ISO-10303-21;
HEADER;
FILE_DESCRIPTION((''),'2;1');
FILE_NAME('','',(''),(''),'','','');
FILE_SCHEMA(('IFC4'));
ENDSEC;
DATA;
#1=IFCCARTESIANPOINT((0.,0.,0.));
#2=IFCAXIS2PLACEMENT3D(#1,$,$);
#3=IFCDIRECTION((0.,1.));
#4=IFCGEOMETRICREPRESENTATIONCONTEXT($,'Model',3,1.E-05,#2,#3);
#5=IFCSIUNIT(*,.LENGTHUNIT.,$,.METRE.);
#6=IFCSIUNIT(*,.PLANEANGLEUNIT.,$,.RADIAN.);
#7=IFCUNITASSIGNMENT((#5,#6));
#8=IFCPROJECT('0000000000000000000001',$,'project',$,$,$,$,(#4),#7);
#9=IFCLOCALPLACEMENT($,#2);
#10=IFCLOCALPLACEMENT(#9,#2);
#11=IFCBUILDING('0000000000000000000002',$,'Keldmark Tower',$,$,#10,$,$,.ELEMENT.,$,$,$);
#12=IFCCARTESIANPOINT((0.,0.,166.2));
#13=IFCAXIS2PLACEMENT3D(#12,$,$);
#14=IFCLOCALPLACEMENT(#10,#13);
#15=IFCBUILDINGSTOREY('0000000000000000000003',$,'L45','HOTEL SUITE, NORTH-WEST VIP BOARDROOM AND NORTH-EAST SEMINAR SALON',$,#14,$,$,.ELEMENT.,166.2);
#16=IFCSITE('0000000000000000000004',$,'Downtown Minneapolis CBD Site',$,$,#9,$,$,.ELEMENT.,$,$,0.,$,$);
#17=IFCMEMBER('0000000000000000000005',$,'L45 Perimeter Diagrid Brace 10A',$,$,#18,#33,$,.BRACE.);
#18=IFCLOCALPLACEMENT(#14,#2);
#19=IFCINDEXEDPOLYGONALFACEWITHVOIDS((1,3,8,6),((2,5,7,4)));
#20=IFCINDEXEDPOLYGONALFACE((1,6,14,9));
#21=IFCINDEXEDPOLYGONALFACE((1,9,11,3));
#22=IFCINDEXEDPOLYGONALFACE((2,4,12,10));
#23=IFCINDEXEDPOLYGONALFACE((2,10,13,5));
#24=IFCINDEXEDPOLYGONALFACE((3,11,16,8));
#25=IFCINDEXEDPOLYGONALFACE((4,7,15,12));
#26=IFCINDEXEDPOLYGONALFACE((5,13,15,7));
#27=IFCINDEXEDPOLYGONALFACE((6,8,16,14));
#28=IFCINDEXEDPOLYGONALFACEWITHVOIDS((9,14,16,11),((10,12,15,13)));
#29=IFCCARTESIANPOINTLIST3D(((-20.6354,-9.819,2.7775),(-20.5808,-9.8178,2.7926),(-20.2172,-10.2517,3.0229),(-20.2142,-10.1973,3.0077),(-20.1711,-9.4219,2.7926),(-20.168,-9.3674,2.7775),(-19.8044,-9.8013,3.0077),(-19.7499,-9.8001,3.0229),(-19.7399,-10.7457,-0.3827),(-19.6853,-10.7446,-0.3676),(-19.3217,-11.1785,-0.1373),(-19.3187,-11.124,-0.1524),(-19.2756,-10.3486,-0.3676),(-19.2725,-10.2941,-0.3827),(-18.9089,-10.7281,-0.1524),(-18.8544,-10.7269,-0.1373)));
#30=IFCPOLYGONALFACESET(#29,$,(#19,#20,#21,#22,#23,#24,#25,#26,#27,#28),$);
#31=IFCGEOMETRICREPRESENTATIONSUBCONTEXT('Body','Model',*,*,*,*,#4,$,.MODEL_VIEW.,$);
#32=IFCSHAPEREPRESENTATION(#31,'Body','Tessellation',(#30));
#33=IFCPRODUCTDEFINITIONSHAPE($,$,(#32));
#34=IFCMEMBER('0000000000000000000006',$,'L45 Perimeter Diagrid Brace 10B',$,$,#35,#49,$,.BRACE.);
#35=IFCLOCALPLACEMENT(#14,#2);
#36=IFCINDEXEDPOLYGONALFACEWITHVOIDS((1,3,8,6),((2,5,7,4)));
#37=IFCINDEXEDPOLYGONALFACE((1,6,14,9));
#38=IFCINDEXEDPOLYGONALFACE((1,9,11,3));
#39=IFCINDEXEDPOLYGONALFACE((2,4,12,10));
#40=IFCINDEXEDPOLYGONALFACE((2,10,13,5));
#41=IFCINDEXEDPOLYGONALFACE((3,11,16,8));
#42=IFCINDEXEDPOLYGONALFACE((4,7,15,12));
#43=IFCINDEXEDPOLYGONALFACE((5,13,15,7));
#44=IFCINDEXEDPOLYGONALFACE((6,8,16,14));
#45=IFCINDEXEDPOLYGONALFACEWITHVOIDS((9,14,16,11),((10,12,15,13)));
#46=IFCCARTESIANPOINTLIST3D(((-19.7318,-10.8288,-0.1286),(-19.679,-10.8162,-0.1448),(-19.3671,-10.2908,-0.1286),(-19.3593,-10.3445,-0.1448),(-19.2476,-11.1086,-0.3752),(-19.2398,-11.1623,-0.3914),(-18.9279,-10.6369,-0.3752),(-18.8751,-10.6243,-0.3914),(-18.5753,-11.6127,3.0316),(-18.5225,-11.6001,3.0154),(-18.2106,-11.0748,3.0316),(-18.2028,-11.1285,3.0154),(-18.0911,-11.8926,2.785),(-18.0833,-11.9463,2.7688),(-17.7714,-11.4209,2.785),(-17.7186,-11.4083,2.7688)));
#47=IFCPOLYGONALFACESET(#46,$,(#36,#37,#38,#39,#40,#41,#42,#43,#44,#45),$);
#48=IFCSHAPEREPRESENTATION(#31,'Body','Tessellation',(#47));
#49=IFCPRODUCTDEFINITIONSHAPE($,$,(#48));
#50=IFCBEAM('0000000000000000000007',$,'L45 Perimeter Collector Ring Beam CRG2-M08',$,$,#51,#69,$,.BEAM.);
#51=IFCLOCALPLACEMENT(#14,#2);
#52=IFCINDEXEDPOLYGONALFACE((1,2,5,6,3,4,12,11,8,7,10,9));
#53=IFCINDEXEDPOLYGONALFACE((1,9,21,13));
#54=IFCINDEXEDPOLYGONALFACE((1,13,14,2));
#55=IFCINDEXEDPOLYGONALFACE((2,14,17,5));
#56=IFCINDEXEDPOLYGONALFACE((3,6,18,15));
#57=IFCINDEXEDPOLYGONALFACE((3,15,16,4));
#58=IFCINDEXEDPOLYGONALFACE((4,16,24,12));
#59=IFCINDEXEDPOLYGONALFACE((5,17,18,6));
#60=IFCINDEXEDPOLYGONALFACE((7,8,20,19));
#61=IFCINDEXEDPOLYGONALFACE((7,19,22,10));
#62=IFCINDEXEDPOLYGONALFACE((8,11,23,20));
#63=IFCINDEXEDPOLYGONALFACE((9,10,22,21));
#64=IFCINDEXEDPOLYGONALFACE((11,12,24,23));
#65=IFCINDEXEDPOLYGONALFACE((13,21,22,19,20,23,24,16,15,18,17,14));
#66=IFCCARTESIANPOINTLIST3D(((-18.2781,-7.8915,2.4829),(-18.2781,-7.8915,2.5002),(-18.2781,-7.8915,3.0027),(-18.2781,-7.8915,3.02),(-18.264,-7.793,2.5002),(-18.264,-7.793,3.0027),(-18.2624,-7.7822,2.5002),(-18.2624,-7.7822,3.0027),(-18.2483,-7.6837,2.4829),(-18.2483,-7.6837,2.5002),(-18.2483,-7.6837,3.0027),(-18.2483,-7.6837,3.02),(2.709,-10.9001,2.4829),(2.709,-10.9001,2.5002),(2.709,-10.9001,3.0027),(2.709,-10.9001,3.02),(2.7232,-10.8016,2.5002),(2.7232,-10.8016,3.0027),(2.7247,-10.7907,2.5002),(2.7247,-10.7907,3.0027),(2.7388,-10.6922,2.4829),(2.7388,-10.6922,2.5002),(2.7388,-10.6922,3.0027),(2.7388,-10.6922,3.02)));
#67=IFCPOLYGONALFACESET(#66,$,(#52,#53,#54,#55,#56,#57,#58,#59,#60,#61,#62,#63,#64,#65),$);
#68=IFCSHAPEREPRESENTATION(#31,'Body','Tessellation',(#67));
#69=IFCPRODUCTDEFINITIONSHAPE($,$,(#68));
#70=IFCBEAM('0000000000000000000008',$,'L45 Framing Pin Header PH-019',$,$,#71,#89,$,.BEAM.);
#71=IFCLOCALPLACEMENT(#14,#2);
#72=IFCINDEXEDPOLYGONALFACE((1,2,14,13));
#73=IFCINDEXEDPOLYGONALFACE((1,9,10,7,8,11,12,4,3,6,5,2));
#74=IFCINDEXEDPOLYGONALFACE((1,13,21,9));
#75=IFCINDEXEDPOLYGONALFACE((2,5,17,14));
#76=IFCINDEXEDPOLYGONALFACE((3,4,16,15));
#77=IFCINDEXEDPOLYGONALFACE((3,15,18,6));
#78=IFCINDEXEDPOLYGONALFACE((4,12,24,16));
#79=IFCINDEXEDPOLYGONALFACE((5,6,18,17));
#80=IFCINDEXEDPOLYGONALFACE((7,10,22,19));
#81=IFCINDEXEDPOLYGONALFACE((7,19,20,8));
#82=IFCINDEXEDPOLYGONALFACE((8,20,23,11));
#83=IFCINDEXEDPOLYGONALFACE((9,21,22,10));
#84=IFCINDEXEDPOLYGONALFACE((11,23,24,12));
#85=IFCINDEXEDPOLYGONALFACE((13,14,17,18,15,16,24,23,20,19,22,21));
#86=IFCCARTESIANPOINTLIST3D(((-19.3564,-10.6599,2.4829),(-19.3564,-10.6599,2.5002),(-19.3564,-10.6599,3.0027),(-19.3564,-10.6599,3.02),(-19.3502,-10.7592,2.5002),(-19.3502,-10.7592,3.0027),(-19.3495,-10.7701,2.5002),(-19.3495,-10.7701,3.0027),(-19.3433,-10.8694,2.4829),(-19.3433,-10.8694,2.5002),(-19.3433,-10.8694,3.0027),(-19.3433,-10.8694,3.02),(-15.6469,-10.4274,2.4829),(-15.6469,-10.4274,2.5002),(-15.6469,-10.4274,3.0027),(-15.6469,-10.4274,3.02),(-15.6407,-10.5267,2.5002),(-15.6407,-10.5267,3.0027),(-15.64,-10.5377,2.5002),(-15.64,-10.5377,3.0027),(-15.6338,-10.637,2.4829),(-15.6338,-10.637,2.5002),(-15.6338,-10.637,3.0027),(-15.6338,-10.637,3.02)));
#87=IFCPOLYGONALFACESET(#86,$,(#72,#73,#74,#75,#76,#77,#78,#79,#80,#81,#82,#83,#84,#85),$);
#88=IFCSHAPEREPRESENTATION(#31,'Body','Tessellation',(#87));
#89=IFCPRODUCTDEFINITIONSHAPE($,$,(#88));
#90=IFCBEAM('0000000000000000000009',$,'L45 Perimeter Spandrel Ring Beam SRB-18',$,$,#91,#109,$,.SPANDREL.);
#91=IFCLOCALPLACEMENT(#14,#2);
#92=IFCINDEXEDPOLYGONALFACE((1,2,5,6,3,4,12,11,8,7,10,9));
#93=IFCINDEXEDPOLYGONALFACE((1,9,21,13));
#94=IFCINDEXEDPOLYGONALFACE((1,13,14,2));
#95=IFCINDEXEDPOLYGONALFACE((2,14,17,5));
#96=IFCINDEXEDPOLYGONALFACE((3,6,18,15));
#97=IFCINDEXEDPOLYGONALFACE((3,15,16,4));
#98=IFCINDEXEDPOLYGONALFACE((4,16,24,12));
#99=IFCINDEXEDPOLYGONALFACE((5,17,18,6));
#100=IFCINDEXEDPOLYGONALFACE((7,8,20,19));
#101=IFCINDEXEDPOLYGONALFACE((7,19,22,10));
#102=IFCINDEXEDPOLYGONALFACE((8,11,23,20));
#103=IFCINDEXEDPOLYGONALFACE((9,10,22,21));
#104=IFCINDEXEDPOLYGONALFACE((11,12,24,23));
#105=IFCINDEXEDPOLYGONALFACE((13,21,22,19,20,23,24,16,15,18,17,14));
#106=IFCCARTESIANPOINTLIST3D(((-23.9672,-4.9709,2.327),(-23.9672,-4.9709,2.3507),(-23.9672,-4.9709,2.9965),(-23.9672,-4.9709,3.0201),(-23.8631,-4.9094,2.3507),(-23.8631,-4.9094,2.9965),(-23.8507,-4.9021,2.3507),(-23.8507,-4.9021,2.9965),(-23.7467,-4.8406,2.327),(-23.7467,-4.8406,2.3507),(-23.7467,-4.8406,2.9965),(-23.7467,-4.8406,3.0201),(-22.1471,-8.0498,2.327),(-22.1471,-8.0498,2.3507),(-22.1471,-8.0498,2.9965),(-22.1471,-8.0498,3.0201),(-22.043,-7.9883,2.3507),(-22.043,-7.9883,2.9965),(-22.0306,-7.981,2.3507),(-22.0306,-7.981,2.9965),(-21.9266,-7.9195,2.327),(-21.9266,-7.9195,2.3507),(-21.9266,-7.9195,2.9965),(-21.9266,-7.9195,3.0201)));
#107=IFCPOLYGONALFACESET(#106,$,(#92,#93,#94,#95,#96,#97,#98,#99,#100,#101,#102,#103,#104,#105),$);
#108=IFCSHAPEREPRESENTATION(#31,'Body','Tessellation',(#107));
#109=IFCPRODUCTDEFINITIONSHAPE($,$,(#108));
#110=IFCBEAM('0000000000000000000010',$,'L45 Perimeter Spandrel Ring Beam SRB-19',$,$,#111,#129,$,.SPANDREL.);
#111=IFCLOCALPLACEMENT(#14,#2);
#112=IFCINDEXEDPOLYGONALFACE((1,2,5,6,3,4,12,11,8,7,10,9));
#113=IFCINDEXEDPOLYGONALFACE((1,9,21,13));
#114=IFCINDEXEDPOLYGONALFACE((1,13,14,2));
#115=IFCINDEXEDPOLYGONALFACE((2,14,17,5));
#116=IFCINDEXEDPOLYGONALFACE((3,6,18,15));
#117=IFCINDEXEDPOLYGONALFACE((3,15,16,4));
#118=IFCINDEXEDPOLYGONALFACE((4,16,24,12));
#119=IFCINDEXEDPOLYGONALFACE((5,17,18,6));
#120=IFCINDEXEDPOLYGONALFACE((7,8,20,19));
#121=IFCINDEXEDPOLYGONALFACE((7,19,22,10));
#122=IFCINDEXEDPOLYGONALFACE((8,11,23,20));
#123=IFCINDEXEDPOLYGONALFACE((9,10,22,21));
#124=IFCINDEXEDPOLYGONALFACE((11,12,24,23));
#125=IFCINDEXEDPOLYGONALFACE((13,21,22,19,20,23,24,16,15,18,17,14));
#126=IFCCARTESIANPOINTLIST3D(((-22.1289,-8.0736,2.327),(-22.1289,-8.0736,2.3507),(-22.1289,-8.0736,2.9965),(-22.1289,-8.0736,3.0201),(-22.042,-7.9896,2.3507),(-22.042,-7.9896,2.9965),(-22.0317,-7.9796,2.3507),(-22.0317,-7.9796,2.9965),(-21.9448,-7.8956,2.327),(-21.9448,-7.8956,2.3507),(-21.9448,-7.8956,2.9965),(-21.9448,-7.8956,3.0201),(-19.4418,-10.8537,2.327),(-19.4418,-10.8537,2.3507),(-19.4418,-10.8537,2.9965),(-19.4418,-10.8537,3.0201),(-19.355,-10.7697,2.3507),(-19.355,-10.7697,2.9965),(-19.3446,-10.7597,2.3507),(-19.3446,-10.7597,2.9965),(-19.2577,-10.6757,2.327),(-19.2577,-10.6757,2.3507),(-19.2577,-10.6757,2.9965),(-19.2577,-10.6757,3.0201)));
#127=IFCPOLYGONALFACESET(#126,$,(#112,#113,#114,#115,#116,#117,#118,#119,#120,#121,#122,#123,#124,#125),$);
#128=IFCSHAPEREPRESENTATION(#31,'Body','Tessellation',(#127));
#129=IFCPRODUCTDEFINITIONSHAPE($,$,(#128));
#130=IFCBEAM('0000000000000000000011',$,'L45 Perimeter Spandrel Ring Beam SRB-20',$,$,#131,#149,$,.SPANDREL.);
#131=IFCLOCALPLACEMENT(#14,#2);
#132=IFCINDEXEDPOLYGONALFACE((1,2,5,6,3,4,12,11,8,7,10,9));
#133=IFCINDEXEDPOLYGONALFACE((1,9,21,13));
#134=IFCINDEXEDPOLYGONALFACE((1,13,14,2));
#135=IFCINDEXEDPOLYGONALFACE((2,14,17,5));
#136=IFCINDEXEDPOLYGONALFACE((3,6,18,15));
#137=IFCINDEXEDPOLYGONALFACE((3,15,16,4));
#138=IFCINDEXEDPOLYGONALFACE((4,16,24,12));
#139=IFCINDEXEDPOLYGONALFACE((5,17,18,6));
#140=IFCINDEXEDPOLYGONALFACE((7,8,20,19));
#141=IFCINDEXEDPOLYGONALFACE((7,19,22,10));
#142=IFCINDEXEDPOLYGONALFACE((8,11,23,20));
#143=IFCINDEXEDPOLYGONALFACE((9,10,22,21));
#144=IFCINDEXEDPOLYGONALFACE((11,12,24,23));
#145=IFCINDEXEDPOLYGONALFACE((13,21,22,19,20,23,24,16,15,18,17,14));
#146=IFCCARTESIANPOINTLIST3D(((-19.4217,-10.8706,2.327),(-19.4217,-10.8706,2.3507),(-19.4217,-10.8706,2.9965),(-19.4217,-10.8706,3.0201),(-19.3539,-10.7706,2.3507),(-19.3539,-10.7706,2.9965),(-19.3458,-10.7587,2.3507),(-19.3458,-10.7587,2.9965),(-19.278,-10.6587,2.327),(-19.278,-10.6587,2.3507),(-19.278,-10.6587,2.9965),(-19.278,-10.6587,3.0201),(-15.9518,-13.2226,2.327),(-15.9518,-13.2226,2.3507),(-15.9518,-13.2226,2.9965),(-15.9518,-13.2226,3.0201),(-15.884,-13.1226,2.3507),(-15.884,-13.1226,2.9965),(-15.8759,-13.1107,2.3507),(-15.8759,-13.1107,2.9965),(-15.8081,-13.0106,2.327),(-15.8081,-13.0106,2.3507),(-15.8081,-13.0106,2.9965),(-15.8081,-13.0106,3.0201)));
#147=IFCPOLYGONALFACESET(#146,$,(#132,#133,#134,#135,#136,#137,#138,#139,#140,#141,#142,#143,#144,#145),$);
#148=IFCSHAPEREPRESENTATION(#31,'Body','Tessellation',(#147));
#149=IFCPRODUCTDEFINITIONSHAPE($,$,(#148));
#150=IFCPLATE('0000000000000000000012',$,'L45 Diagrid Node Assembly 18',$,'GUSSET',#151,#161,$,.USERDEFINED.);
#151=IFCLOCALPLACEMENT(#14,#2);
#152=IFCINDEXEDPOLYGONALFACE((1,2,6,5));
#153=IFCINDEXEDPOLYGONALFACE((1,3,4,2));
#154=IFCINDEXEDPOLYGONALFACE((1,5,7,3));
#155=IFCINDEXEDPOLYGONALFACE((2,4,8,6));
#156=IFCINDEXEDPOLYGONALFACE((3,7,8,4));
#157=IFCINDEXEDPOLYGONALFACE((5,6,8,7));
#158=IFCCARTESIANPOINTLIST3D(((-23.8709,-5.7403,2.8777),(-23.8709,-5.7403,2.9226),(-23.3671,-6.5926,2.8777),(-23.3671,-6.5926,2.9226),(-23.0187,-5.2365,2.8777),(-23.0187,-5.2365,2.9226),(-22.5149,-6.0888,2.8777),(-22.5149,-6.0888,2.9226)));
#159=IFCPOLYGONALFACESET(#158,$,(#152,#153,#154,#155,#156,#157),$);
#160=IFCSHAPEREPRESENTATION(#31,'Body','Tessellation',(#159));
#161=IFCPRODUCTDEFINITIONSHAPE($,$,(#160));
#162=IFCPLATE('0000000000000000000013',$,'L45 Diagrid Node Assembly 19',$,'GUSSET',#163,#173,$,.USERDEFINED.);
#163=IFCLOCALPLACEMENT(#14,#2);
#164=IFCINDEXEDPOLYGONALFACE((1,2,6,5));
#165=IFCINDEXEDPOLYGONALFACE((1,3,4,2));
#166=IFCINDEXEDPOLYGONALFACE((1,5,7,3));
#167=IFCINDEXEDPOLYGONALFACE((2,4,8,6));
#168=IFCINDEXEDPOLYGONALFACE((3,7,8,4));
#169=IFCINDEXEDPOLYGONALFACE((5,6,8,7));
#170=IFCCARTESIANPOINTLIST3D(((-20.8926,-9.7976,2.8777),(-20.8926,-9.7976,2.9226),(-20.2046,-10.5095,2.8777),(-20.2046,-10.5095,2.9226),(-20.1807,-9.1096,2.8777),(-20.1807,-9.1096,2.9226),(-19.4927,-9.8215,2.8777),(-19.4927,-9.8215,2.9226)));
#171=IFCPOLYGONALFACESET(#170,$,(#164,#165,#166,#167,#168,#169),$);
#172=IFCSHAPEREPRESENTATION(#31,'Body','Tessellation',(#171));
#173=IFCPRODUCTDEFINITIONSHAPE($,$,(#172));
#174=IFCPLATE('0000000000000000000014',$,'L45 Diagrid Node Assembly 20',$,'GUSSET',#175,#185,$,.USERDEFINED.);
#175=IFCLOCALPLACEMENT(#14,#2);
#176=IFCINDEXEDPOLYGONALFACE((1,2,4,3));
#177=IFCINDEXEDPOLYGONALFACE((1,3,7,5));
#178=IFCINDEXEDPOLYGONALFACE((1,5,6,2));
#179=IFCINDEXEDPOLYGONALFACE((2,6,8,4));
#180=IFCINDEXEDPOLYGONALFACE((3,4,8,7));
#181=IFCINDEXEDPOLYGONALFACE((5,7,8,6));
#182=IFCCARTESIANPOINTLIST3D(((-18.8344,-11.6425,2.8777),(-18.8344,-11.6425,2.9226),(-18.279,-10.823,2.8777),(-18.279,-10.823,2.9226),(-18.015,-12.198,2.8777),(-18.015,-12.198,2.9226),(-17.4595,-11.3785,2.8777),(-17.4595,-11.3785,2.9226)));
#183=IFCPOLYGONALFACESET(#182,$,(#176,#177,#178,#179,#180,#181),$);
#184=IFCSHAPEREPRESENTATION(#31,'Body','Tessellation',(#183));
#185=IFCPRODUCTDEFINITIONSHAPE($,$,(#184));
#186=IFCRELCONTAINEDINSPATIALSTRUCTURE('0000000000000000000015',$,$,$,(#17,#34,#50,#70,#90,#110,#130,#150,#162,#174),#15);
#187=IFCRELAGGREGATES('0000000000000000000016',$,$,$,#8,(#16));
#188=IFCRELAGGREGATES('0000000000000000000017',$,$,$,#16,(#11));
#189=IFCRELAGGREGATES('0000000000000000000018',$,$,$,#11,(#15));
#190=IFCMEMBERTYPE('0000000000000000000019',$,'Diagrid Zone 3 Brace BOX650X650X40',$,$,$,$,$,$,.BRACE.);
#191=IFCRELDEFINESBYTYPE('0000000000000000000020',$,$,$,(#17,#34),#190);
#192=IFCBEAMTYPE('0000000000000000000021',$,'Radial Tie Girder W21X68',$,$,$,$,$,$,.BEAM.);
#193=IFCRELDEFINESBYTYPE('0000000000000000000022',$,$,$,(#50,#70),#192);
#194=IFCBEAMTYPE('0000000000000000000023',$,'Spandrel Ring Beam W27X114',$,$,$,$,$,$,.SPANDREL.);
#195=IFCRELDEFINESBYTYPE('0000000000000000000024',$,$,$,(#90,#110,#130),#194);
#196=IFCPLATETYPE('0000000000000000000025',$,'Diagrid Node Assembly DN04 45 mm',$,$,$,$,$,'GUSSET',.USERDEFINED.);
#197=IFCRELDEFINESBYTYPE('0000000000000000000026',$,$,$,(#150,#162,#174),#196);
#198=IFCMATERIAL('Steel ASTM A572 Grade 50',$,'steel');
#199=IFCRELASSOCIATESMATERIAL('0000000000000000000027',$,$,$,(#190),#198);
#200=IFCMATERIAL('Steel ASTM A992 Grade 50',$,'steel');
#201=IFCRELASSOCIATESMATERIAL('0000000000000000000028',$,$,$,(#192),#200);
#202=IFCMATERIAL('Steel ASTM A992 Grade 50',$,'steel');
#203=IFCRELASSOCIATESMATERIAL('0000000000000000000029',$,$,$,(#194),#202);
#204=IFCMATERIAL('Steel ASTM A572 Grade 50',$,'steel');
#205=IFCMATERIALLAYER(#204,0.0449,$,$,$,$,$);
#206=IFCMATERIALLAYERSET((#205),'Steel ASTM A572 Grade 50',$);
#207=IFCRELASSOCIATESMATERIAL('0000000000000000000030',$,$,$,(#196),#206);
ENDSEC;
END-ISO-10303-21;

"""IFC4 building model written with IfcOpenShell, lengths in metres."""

from ifc_helpers import new_model, si_unit, direction, frame, origin, origin_2d, place, context, subcontext, project, spatial, rectangle, hollow_rectangle, i_section, extrude, material, layer, layer_set, material_profile, profile_set, type_object, element, save


model = new_model("IFC4")

# Units and contexts
model_context = context("Model", 3, precision=1e-05, world=origin(), true_north=direction((0.0, 1.0)))
body_context = subcontext(model_context, "Body", "Model", "MODEL_VIEW")
ifc_project = project(units=[si_unit("LENGTHUNIT", "METRE"), si_unit("PLANEANGLEUNIT", "RADIAN")], contexts=[model_context])

# Site, building, storey
site_placement = place(None, origin())
site = spatial("IfcSite", under=ifc_project, at=site_placement, Name="Downtown Minneapolis CBD Site", CompositionType="ELEMENT", RefElevation=0.0)
building_placement = place(site_placement, origin())
building = spatial("IfcBuilding", under=site, at=building_placement, Name="Keldmark Tower", CompositionType="ELEMENT")
storey_placement = place(building_placement, frame((0.0, 0.0, 166.2)))
storey = spatial("IfcBuildingStorey", under=building, at=storey_placement, Name="L45", Description="HOTEL SUITE, NORTH-WEST VIP BOARDROOM AND NORTH-EAST SEMINAR SALON", CompositionType="ELEMENT", Elevation=166.2)

# Members
ifc_material_1 = material(Name="Steel ASTM A572 Grade 50", Category="steel")
ifc_material_profile_1 = material_profile(ifc_material_1, hollow_rectangle(XDim=0.6499, YDim=0.6499, WallThickness=0.04, at=origin_2d()), Name="BOX650X650X40")
ifc_profile_set_1 = profile_set([ifc_material_profile_1], Name="Steel ASTM A572 Grade 50")
member_type = type_object("IfcMemberType", Name="Diagrid Zone 3 Brace BOX650X650X40", PredefinedType="BRACE", material=ifc_profile_set_1)
member_1_placement = place(storey_placement, frame((-19.2971, -10.7363, -0.26), z_axis=(-0.262395, 0.271551, 0.925964), x_axis=(-0.719127, -0.694878, 0.0)))
element("IfcMember", 1, at=member_1_placement, inside=storey, type_object=member_type, Name="L45 Perimeter Diagrid Brace 10A", PredefinedType="BRACE", context=body_context, shape_type="SweptSolid", body=[
    extrude(hollow_rectangle(XDim=0.6499, YDim=0.6499, WallThickness=0.04, at=origin_2d()), origin(), (0.0, 0.0, 1.0), 3.4128),
])
member_2_placement = place(storey_placement, frame((-19.3035, -10.7266, -0.26), z_axis=(0.334708, -0.226884, 0.914601), x_axis=(0.561095, 0.827751, 0.0)))
element("IfcMember", 2, at=member_2_placement, inside=storey, type_object=member_type, Name="L45 Perimeter Diagrid Brace 10B", PredefinedType="BRACE", context=body_context, shape_type="SweptSolid", body=[
    extrude(hollow_rectangle(XDim=0.6499, YDim=0.6499, WallThickness=0.04, at=origin_2d()), origin(), (0.0, 0.0, 1.0), 3.4553),
])

# Beams
ifc_material_2 = material(Name="Steel ASTM A992 Grade 50", Category="steel")
ifc_material_profile_2 = material_profile(ifc_material_2, i_section(OverallWidth=0.21, OverallDepth=0.5371, WebThickness=0.011, FlangeThickness=0.0173, at=origin_2d()), Name="W21X68")
ifc_profile_set_2 = profile_set([ifc_material_profile_2], Name="Steel ASTM A992 Grade 50")
beam_type_1 = type_object("IfcBeamType", Name="Radial Tie Girder W21X68", PredefinedType="BEAM", material=ifc_profile_set_2)
beam_1_placement = place(storey_placement, frame((-18.2632, -7.7876, 2.7515), z_axis=(0.989881, -0.141902, 0.0), x_axis=(0.141902, 0.989881, 0.0)))
element("IfcBeam", 3, at=beam_1_placement, inside=storey, type_object=beam_type_1, Name="L45 Perimeter Collector Ring Beam CRG2-M08", PredefinedType="BEAM", context=body_context, shape_type="SweptSolid", body=[
    extrude(i_section(OverallWidth=0.21, OverallDepth=0.5371, WebThickness=0.011, FlangeThickness=0.0173, at=origin_2d()), origin(), (0.0, 0.0, 1.0), 21.2017),
])
beam_2_placement = place(storey_placement, frame((-19.3499, -10.7646, 2.7515), z_axis=(0.998043, 0.062534, 0.0), x_axis=(-0.062534, 0.998043, 0.0)))
element("IfcBeam", 4, at=beam_2_placement, inside=storey, type_object=beam_type_1, Name="L45 Framing Pin Header PH-019", PredefinedType="BEAM", context=body_context, shape_type="SweptSolid", body=[
    extrude(i_section(OverallWidth=0.21, OverallDepth=0.5371, WebThickness=0.011, FlangeThickness=0.0173, at=origin_2d()), origin(), (0.0, 0.0, 1.0), 3.7168),
])
ifc_material_3 = material(Name="Steel ASTM A992 Grade 50", Category="steel")
ifc_material_profile_3 = material_profile(ifc_material_3, i_section(OverallWidth=0.2561, OverallDepth=0.6931, WebThickness=0.0144, FlangeThickness=0.0237, at=origin_2d()), Name="W27X114")
ifc_profile_set_3 = profile_set([ifc_material_profile_3], Name="Steel ASTM A992 Grade 50")
beam_type_2 = type_object("IfcBeamType", Name="Spandrel Ring Beam W27X114", PredefinedType="SPANDREL", material=ifc_profile_set_3)
beam_3_placement = place(storey_placement, frame((-23.8569, -4.9058, 2.6736), z_axis=(0.508883, -0.860835, 0.0), x_axis=(0.860835, 0.508883, 0.0)))
element("IfcBeam", 5, at=beam_3_placement, inside=storey, type_object=beam_type_2, Name="L45 Perimeter Spandrel Ring Beam SRB-18", PredefinedType="SPANDREL", context=body_context, shape_type="SweptSolid", body=[
    extrude(i_section(OverallWidth=0.2561, OverallDepth=0.6931, WebThickness=0.0144, FlangeThickness=0.0237, at=origin_2d()), origin(), (0.0, 0.0, 1.0), 3.5767),
])
beam_4_placement = place(storey_placement, frame((-22.0369, -7.9846, 2.6736), z_axis=(0.694975, -0.719034, 0.0), x_axis=(0.719034, 0.694975, 0.0)))
element("IfcBeam", 6, at=beam_4_placement, inside=storey, type_object=beam_type_2, Name="L45 Perimeter Spandrel Ring Beam SRB-19", PredefinedType="SPANDREL", context=body_context, shape_type="SweptSolid", body=[
    extrude(i_section(OverallWidth=0.2561, OverallDepth=0.6931, WebThickness=0.0144, FlangeThickness=0.0237, at=origin_2d()), origin(), (0.0, 0.0, 1.0), 3.8665),
])
beam_5_placement = place(storey_placement, frame((-19.3499, -10.7646, 2.6736), z_axis=(0.827761, -0.561081, 0.0), x_axis=(0.561081, 0.827761, 0.0)))
element("IfcBeam", 7, at=beam_5_placement, inside=storey, type_object=beam_type_2, Name="L45 Perimeter Spandrel Ring Beam SRB-20", PredefinedType="SPANDREL", context=body_context, shape_type="SweptSolid", body=[
    extrude(i_section(OverallWidth=0.2561, OverallDepth=0.6931, WebThickness=0.0144, FlangeThickness=0.0237, at=origin_2d()), origin(), (0.0, 0.0, 1.0), 4.1919),
])

# Plates
ifc_material_4 = material(Name="Steel ASTM A572 Grade 50", Category="steel")
ifc_layer_1 = layer(ifc_material_4, 0.0449)
ifc_layer_set_1 = layer_set([ifc_layer_1], Name="Steel ASTM A572 Grade 50")
plate_type = type_object("IfcPlateType", Name="Diagrid Node Assembly DN04 45 mm", ElementType="GUSSET", PredefinedType="USERDEFINED", material=ifc_layer_set_1)
for number, where, z_axis, x_axis, name in (
    (8, (-23.1929, -5.9146, 2.8777), (0.0, 0.0, 1.0), (0.508891, -0.860831, 0.0), "L45 Diagrid Node Assembly 18"),
    (9, (-20.1926, -9.8096, 2.8777), (0.0, 0.0, 1.0), (0.694909, -0.719097, 0.0), "L45 Diagrid Node Assembly 19"),
    (10, (-18.147, -11.5105, 2.8777), (0.0, 0.0, 1.0), (0.827767, -0.561072, 0.0), "L45 Diagrid Node Assembly 20"),
):
    element("IfcPlate", number, at=place(storey_placement, frame(where, z_axis=z_axis, x_axis=x_axis)), inside=storey, type_object=plate_type, Name=name, ObjectType="GUSSET", PredefinedType="USERDEFINED", context=body_context, shape_type="SweptSolid", body=[
        extrude(rectangle(XDim=0.99, YDim=0.99, at=origin_2d()), origin(), (0.0, 0.0, 1.0), 0.0449),
    ])

save(model, "model.ifc")
